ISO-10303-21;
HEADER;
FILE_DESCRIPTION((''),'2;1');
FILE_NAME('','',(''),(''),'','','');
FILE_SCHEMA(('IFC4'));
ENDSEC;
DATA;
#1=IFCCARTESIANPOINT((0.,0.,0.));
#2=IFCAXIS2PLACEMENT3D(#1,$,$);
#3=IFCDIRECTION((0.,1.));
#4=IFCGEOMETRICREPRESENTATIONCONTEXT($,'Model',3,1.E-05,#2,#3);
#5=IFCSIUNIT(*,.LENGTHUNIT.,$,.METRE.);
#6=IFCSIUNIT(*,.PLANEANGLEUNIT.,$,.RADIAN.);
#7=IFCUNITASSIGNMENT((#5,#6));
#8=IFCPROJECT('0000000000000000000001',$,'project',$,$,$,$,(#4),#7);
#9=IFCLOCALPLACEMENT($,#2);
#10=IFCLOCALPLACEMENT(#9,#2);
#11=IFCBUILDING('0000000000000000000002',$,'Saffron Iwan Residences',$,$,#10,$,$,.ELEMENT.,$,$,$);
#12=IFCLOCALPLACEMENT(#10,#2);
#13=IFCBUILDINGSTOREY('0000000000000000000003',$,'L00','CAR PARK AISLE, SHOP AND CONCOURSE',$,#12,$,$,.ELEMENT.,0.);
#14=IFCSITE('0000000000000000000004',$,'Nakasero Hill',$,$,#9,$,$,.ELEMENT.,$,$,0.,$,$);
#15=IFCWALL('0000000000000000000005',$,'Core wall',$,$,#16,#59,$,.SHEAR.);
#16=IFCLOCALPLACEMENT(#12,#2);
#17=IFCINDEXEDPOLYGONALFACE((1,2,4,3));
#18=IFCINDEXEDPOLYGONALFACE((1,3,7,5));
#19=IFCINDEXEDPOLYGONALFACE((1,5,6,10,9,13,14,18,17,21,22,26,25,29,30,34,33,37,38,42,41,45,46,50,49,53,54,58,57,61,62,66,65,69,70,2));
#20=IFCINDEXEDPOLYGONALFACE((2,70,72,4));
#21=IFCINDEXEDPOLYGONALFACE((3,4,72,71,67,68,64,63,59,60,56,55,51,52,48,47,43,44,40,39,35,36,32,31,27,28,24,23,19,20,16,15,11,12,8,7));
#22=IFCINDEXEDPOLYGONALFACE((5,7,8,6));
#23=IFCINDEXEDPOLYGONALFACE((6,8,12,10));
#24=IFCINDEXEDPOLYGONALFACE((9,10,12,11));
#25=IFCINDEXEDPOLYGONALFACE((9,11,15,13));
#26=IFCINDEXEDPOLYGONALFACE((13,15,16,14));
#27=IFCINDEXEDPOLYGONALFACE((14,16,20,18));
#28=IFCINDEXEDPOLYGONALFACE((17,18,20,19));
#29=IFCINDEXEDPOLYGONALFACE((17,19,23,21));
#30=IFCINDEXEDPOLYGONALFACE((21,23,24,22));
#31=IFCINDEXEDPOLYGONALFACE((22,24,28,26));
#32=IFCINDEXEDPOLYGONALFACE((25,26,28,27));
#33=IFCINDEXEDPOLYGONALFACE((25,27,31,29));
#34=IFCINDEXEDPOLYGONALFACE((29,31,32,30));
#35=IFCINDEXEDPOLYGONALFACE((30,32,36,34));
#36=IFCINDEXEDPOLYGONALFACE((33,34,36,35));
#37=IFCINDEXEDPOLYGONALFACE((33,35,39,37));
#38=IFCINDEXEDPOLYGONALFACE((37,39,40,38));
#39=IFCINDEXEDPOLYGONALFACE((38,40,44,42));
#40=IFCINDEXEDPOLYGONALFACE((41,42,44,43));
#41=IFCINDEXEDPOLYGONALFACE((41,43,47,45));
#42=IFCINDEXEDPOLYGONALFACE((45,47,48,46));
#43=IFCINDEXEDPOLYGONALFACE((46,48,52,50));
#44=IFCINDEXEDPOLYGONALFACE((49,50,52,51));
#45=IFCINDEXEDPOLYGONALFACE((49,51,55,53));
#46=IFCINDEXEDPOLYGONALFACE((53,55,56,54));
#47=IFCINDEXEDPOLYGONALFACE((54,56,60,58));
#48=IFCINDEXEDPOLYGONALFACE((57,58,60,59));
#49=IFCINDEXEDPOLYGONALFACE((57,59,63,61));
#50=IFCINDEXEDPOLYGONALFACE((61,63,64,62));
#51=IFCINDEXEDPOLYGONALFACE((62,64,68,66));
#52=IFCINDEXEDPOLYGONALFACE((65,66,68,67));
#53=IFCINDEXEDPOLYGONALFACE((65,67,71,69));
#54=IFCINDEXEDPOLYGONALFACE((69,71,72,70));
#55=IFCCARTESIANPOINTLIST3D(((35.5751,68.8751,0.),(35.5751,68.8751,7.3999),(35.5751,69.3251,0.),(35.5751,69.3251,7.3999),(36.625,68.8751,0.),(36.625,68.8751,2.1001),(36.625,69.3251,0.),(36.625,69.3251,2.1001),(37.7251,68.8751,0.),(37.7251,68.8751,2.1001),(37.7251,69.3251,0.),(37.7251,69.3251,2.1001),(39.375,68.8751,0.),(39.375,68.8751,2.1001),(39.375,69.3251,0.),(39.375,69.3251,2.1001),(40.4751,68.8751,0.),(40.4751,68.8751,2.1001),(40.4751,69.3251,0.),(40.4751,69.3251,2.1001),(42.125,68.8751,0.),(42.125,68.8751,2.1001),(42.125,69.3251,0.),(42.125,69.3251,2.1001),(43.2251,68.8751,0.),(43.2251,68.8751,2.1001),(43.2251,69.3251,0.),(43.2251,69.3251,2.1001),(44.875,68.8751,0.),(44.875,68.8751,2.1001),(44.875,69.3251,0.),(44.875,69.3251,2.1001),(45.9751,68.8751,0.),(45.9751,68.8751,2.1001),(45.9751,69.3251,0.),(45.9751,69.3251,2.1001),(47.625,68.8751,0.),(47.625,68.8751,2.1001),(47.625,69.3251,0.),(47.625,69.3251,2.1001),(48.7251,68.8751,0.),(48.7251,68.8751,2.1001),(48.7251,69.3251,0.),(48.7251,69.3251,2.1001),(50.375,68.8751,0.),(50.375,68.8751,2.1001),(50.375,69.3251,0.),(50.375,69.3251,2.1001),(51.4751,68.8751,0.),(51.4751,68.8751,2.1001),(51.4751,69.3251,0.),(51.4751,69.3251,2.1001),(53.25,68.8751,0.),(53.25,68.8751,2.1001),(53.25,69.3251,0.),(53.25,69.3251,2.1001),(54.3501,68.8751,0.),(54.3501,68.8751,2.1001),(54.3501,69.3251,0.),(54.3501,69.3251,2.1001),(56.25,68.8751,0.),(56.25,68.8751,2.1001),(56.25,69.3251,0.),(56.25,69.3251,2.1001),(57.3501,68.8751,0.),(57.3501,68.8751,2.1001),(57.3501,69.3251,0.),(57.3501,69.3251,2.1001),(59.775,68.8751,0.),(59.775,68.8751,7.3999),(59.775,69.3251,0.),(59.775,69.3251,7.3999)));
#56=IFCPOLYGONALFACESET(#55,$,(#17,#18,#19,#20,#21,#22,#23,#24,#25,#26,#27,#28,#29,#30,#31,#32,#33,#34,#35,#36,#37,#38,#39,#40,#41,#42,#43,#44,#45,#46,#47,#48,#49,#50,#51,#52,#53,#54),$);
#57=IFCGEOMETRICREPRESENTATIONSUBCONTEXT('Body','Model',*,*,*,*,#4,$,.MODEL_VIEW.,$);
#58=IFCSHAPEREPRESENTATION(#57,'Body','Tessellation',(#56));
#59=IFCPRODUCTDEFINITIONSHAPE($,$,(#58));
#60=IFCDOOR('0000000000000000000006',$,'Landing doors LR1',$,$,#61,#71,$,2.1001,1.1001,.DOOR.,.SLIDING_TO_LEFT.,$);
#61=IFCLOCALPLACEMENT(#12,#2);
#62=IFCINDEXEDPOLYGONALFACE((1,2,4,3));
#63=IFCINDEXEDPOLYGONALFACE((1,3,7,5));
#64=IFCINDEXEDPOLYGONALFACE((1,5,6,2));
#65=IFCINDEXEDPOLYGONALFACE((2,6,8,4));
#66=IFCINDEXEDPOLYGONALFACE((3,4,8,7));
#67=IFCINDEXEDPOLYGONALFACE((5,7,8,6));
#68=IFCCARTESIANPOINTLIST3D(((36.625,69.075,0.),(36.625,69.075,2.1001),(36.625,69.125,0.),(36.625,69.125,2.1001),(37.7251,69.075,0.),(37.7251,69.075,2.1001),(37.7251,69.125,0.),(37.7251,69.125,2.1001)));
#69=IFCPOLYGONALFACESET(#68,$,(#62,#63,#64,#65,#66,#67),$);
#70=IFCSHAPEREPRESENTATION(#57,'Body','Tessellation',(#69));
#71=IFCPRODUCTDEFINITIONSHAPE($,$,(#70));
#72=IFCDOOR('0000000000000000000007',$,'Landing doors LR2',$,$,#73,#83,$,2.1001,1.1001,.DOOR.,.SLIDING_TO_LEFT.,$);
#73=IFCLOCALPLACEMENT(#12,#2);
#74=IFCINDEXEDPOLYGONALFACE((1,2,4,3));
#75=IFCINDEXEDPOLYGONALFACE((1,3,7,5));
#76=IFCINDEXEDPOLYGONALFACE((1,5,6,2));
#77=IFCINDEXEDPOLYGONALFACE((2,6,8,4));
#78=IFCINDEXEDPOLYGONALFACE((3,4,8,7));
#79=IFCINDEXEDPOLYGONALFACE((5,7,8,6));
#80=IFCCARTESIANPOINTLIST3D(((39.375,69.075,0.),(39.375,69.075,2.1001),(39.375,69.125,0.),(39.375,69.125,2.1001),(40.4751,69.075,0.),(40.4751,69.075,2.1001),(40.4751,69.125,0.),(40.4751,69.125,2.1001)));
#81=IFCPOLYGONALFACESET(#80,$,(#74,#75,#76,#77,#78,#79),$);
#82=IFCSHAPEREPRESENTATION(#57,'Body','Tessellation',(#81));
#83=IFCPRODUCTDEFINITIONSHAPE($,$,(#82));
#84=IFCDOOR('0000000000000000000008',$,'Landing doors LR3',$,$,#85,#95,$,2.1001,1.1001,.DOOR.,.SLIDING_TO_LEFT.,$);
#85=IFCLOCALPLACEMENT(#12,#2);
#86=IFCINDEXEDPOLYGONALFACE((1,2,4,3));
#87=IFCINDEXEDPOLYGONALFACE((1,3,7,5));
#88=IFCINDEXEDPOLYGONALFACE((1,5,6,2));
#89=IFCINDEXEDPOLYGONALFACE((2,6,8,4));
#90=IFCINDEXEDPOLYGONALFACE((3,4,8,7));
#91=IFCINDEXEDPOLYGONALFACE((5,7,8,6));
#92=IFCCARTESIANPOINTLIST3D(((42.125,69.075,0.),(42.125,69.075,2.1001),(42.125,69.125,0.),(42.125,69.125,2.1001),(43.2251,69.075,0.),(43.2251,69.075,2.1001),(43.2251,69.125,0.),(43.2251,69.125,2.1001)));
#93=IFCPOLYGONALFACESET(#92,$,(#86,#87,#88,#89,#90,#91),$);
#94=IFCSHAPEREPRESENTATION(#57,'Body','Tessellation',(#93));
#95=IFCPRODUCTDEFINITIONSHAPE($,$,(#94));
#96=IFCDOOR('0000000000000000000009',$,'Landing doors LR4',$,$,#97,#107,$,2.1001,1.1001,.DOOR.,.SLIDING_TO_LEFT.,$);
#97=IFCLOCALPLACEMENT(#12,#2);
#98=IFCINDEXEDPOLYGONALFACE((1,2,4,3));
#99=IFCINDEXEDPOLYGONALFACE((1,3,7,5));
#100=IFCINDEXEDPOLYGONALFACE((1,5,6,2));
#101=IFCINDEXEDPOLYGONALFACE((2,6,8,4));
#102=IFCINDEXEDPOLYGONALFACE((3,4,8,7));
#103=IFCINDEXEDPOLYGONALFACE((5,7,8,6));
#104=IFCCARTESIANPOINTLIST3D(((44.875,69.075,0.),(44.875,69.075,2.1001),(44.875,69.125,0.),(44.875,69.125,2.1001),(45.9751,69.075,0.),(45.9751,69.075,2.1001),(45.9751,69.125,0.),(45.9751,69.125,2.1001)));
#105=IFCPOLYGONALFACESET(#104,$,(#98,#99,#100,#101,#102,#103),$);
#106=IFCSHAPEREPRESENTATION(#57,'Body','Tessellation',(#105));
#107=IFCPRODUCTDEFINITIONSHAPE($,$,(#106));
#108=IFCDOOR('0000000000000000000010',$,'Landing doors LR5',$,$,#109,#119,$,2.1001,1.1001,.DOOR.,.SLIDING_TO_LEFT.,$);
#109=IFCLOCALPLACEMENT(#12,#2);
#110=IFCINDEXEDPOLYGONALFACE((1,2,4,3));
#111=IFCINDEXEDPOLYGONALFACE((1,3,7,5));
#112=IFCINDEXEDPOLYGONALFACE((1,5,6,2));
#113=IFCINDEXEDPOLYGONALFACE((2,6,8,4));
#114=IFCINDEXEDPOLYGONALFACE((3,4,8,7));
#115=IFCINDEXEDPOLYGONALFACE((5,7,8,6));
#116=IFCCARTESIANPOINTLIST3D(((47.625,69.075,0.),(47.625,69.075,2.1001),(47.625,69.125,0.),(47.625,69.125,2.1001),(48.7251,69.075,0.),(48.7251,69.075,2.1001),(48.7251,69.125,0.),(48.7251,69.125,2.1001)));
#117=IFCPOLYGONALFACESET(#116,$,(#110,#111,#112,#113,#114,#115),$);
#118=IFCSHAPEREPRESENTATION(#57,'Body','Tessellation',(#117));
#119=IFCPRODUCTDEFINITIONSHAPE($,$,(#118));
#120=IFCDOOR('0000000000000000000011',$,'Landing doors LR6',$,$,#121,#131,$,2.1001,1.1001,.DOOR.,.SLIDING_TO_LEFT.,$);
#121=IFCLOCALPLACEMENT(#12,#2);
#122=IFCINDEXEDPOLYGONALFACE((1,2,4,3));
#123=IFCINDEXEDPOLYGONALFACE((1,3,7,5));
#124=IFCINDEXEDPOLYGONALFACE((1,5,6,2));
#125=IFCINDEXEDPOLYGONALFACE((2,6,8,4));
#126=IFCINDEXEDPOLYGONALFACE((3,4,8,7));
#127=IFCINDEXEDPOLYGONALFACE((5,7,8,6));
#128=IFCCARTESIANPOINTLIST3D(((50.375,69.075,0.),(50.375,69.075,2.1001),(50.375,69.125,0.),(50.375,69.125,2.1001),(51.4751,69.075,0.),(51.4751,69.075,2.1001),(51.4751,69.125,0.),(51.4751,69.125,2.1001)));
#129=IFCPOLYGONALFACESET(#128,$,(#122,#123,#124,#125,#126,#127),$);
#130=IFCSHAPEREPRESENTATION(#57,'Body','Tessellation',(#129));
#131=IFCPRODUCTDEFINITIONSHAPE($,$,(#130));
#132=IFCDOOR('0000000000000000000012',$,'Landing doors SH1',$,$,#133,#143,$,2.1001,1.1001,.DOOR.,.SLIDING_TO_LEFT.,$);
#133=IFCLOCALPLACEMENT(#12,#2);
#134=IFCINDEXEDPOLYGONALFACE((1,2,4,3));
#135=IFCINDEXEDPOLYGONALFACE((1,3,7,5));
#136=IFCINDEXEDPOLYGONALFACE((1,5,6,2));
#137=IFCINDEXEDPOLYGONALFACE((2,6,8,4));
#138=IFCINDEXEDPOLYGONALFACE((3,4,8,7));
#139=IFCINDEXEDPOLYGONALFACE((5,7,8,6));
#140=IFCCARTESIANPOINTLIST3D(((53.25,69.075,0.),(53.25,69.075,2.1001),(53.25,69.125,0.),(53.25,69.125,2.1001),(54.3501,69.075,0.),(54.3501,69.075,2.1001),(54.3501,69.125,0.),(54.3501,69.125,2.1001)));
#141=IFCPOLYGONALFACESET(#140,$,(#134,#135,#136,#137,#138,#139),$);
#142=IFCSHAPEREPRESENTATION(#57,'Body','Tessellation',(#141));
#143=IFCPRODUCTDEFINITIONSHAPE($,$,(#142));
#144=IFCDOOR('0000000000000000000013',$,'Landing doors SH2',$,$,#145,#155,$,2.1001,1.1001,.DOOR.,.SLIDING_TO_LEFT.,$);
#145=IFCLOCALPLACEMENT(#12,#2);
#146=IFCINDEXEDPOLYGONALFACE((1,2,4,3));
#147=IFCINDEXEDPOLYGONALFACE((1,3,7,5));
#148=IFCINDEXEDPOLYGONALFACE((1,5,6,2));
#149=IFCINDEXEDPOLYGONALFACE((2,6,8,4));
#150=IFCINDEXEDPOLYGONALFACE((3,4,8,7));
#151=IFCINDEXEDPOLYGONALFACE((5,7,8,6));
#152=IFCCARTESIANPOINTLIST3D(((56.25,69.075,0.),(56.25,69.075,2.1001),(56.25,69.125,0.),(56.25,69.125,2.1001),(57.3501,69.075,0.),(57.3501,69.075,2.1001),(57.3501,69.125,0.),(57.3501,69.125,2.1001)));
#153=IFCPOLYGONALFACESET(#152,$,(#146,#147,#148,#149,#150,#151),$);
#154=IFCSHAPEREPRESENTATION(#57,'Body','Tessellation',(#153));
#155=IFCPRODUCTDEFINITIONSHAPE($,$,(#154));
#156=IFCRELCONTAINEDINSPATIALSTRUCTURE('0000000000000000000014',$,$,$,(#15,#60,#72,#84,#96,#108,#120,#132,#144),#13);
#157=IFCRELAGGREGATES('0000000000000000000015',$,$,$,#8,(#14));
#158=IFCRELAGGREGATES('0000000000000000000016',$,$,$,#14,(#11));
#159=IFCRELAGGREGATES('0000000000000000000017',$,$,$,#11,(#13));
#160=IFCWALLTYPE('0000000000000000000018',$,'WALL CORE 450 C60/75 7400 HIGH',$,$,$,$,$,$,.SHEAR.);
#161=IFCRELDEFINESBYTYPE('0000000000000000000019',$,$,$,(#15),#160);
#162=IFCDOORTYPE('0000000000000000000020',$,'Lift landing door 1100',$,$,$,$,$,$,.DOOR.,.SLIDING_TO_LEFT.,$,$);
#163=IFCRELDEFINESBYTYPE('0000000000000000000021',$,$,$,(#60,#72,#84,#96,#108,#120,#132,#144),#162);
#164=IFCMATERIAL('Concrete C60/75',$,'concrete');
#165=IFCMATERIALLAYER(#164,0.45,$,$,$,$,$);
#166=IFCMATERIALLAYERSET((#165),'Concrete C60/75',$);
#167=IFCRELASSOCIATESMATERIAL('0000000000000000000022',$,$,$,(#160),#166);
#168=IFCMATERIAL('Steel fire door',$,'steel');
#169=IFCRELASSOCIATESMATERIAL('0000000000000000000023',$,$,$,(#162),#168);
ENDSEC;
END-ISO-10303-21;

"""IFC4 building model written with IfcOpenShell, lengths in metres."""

from ifc_helpers import new_model, si_unit, direction, frame, frame_2d, origin, place, context, subcontext, project, spatial, rectangle, extrude, material, layer, layer_set, type_object, element, fill, save


model = new_model("IFC4")

# Units and contexts
model_context = context("Model", 3, precision=1e-05, world=origin(), true_north=direction((0.0, 1.0)))
body_context = subcontext(model_context, "Body", "Model", "MODEL_VIEW")
ifc_project = project(units=[si_unit("LENGTHUNIT", "METRE"), si_unit("PLANEANGLEUNIT", "RADIAN")], contexts=[model_context])

# Site, building, storey
site_placement = place(None, origin())
site = spatial("IfcSite", under=ifc_project, at=site_placement, Name="Nakasero Hill", CompositionType="ELEMENT", RefElevation=0.0)
building_placement = place(site_placement, origin())
building = spatial("IfcBuilding", under=site, at=building_placement, Name="Saffron Iwan Residences", CompositionType="ELEMENT")
storey_placement = place(building_placement, origin())
storey = spatial("IfcBuildingStorey", under=building, at=storey_placement, Name="L00", Description="CAR PARK AISLE, SHOP AND CONCOURSE", CompositionType="ELEMENT", Elevation=0.0)

# Wall, openings, doors
ifc_material_1 = material(Name="Concrete C60/75", Category="concrete")
ifc_layer_1 = layer(ifc_material_1, 0.45)
ifc_layer_set_1 = layer_set([ifc_layer_1], Name="Concrete C60/75")
wall_type = type_object("IfcWallType", Name="WALL CORE 450 C60/75 7400 HIGH", PredefinedType="SHEAR", material=ifc_layer_set_1)
ifc_material_2 = material(Name="Steel fire door", Category="steel")
wall_1_placement = place(storey_placement, frame((35.575, 69.1001, 0.0), z_axis=(0.0, 0.0, 1.0), x_axis=(1.0, 0.0, 0.0)))
wall_1 = element("IfcWall", 1, at=wall_1_placement, inside=storey, type_object=wall_type, Name="Core wall", PredefinedType="SHEAR", context=body_context, shape_type="SweptSolid", body=[
    extrude(rectangle(XDim=24.2, YDim=0.45, at=frame_2d((12.1001, 0.0))), origin(), (0.0, 0.0, 1.0), 7.3999),
])
opening_1_placement = place(wall_1_placement, frame((1.05, 0.0, 0.0)))
opening_1 = element("IfcOpeningElement", 2, at=opening_1_placement, cuts=wall_1, PredefinedType="OPENING", context=body_context, shape_type="SweptSolid", body=[
    extrude(rectangle(XDim=1.1001, YDim=2.1001, at=frame_2d((0.55, 1.05))), frame((0.0, 0.2349, 0.0), z_axis=(0.0, -1.0, 0.0), x_axis=(1.0, 0.0, 0.0)), (0.0, 0.0, 1.0), 0.47),
])
opening_2_placement = place(wall_1_placement, frame((3.8, 0.0, 0.0)))
opening_2 = element("IfcOpeningElement", 3, at=opening_2_placement, cuts=wall_1, PredefinedType="OPENING", context=body_context, shape_type="SweptSolid", body=[
    extrude(rectangle(XDim=1.1001, YDim=2.1001, at=frame_2d((0.55, 1.05))), frame((0.0, 0.2349, 0.0), z_axis=(0.0, -1.0, 0.0), x_axis=(1.0, 0.0, 0.0)), (0.0, 0.0, 1.0), 0.47),
])
opening_3_placement = place(wall_1_placement, frame((6.55, 0.0, 0.0)))
opening_3 = element("IfcOpeningElement", 4, at=opening_3_placement, cuts=wall_1, PredefinedType="OPENING", context=body_context, shape_type="SweptSolid", body=[
    extrude(rectangle(XDim=1.1001, YDim=2.1001, at=frame_2d((0.55, 1.05))), frame((0.0, 0.2349, 0.0), z_axis=(0.0, -1.0, 0.0), x_axis=(1.0, 0.0, 0.0)), (0.0, 0.0, 1.0), 0.47),
])
opening_4_placement = place(wall_1_placement, frame((9.3, 0.0, 0.0)))
opening_4 = element("IfcOpeningElement", 5, at=opening_4_placement, cuts=wall_1, PredefinedType="OPENING", context=body_context, shape_type="SweptSolid", body=[
    extrude(rectangle(XDim=1.1001, YDim=2.1001, at=frame_2d((0.55, 1.05))), frame((0.0, 0.2349, 0.0), z_axis=(0.0, -1.0, 0.0), x_axis=(1.0, 0.0, 0.0)), (0.0, 0.0, 1.0), 0.47),
])
opening_5_placement = place(wall_1_placement, frame((12.05, 0.0, 0.0)))
opening_5 = element("IfcOpeningElement", 6, at=opening_5_placement, cuts=wall_1, PredefinedType="OPENING", context=body_context, shape_type="SweptSolid", body=[
    extrude(rectangle(XDim=1.1001, YDim=2.1001, at=frame_2d((0.55, 1.05))), frame((0.0, 0.2349, 0.0), z_axis=(0.0, -1.0, 0.0), x_axis=(1.0, 0.0, 0.0)), (0.0, 0.0, 1.0), 0.47),
])
opening_6_placement = place(wall_1_placement, frame((14.8, 0.0, 0.0)))
opening_6 = element("IfcOpeningElement", 7, at=opening_6_placement, cuts=wall_1, PredefinedType="OPENING", context=body_context, shape_type="SweptSolid", body=[
    extrude(rectangle(XDim=1.1001, YDim=2.1001, at=frame_2d((0.55, 1.05))), frame((0.0, 0.2349, 0.0), z_axis=(0.0, -1.0, 0.0), x_axis=(1.0, 0.0, 0.0)), (0.0, 0.0, 1.0), 0.47),
])
opening_7_placement = place(wall_1_placement, frame((17.675, 0.0, 0.0)))
opening_7 = element("IfcOpeningElement", 8, at=opening_7_placement, cuts=wall_1, PredefinedType="OPENING", context=body_context, shape_type="SweptSolid", body=[
    extrude(rectangle(XDim=1.1001, YDim=2.1001, at=frame_2d((0.55, 1.05))), frame((0.0, 0.2349, 0.0), z_axis=(0.0, -1.0, 0.0), x_axis=(1.0, 0.0, 0.0)), (0.0, 0.0, 1.0), 0.47),
])
opening_8_placement = place(wall_1_placement, frame((20.675, 0.0, 0.0)))
opening_8 = element("IfcOpeningElement", 9, at=opening_8_placement, cuts=wall_1, PredefinedType="OPENING", context=body_context, shape_type="SweptSolid", body=[
    extrude(rectangle(XDim=1.1001, YDim=2.1001, at=frame_2d((0.55, 1.05))), frame((0.0, 0.2349, 0.0), z_axis=(0.0, -1.0, 0.0), x_axis=(1.0, 0.0, 0.0)), (0.0, 0.0, 1.0), 0.47),
])
door_type_1 = type_object("IfcDoorType", Name="Lift landing door 1100", OperationType="SLIDING_TO_LEFT", PredefinedType="DOOR", material=ifc_material_2)
door_1_placement = place(opening_1_placement, origin())
door_1 = element("IfcDoor", 10, at=door_1_placement, inside=storey, type_object=door_type_1, Name="Landing doors LR1", OperationType="SLIDING_TO_LEFT", OverallHeight=2.1001, OverallWidth=1.1001, PredefinedType="DOOR", context=body_context, shape_type="SweptSolid", body=[
    extrude(rectangle(XDim=1.1001, YDim=2.1001, at=frame_2d((0.55, 1.05))), frame((0.0, 0.0249, 0.0), z_axis=(0.0, -1.0, 0.0), x_axis=(1.0, 0.0, 0.0)), (0.0, 0.0, 1.0), 0.05),
])
fill(opening_1, door_1)
door_2_placement = place(opening_2_placement, origin())
door_2 = element("IfcDoor", 11, at=door_2_placement, inside=storey, type_object=door_type_1, Name="Landing doors LR2", OperationType="SLIDING_TO_LEFT", OverallHeight=2.1001, OverallWidth=1.1001, PredefinedType="DOOR", context=body_context, shape_type="SweptSolid", body=[
    extrude(rectangle(XDim=1.1001, YDim=2.1001, at=frame_2d((0.55, 1.05))), frame((0.0, 0.0249, 0.0), z_axis=(0.0, -1.0, 0.0), x_axis=(1.0, 0.0, 0.0)), (0.0, 0.0, 1.0), 0.05),
])
fill(opening_2, door_2)
door_3_placement = place(opening_3_placement, origin())
door_3 = element("IfcDoor", 12, at=door_3_placement, inside=storey, type_object=door_type_1, Name="Landing doors LR3", OperationType="SLIDING_TO_LEFT", OverallHeight=2.1001, OverallWidth=1.1001, PredefinedType="DOOR", context=body_context, shape_type="SweptSolid", body=[
    extrude(rectangle(XDim=1.1001, YDim=2.1001, at=frame_2d((0.55, 1.05))), frame((0.0, 0.0249, 0.0), z_axis=(0.0, -1.0, 0.0), x_axis=(1.0, 0.0, 0.0)), (0.0, 0.0, 1.0), 0.05),
])
fill(opening_3, door_3)
door_4_placement = place(opening_4_placement, origin())
door_4 = element("IfcDoor", 13, at=door_4_placement, inside=storey, type_object=door_type_1, Name="Landing doors LR4", OperationType="SLIDING_TO_LEFT", OverallHeight=2.1001, OverallWidth=1.1001, PredefinedType="DOOR", context=body_context, shape_type="SweptSolid", body=[
    extrude(rectangle(XDim=1.1001, YDim=2.1001, at=frame_2d((0.55, 1.05))), frame((0.0, 0.0249, 0.0), z_axis=(0.0, -1.0, 0.0), x_axis=(1.0, 0.0, 0.0)), (0.0, 0.0, 1.0), 0.05),
])
fill(opening_4, door_4)
door_5_placement = place(opening_5_placement, origin())
door_5 = element("IfcDoor", 14, at=door_5_placement, inside=storey, type_object=door_type_1, Name="Landing doors LR5", OperationType="SLIDING_TO_LEFT", OverallHeight=2.1001, OverallWidth=1.1001, PredefinedType="DOOR", context=body_context, shape_type="SweptSolid", body=[
    extrude(rectangle(XDim=1.1001, YDim=2.1001, at=frame_2d((0.55, 1.05))), frame((0.0, 0.0249, 0.0), z_axis=(0.0, -1.0, 0.0), x_axis=(1.0, 0.0, 0.0)), (0.0, 0.0, 1.0), 0.05),
])
fill(opening_5, door_5)
door_6_placement = place(opening_6_placement, origin())
door_6 = element("IfcDoor", 15, at=door_6_placement, inside=storey, type_object=door_type_1, Name="Landing doors LR6", OperationType="SLIDING_TO_LEFT", OverallHeight=2.1001, OverallWidth=1.1001, PredefinedType="DOOR", context=body_context, shape_type="SweptSolid", body=[
    extrude(rectangle(XDim=1.1001, YDim=2.1001, at=frame_2d((0.55, 1.05))), frame((0.0, 0.0249, 0.0), z_axis=(0.0, -1.0, 0.0), x_axis=(1.0, 0.0, 0.0)), (0.0, 0.0, 1.0), 0.05),
])
fill(opening_6, door_6)
door_7_placement = place(opening_7_placement, origin())
door_7 = element("IfcDoor", 16, at=door_7_placement, inside=storey, type_object=door_type_1, Name="Landing doors SH1", OperationType="SLIDING_TO_LEFT", OverallHeight=2.1001, OverallWidth=1.1001, PredefinedType="DOOR", context=body_context, shape_type="SweptSolid", body=[
    extrude(rectangle(XDim=1.1001, YDim=2.1001, at=frame_2d((0.55, 1.05))), frame((0.0, 0.0249, 0.0), z_axis=(0.0, -1.0, 0.0), x_axis=(1.0, 0.0, 0.0)), (0.0, 0.0, 1.0), 0.05),
])
fill(opening_7, door_7)
door_8_placement = place(opening_8_placement, origin())
door_8 = element("IfcDoor", 17, at=door_8_placement, inside=storey, type_object=door_type_1, Name="Landing doors SH2", OperationType="SLIDING_TO_LEFT", OverallHeight=2.1001, OverallWidth=1.1001, PredefinedType="DOOR", context=body_context, shape_type="SweptSolid", body=[
    extrude(rectangle(XDim=1.1001, YDim=2.1001, at=frame_2d((0.55, 1.05))), frame((0.0, 0.0249, 0.0), z_axis=(0.0, -1.0, 0.0), x_axis=(1.0, 0.0, 0.0)), (0.0, 0.0, 1.0), 0.05),
])
fill(opening_8, door_8)

save(model, "model.ifc")
